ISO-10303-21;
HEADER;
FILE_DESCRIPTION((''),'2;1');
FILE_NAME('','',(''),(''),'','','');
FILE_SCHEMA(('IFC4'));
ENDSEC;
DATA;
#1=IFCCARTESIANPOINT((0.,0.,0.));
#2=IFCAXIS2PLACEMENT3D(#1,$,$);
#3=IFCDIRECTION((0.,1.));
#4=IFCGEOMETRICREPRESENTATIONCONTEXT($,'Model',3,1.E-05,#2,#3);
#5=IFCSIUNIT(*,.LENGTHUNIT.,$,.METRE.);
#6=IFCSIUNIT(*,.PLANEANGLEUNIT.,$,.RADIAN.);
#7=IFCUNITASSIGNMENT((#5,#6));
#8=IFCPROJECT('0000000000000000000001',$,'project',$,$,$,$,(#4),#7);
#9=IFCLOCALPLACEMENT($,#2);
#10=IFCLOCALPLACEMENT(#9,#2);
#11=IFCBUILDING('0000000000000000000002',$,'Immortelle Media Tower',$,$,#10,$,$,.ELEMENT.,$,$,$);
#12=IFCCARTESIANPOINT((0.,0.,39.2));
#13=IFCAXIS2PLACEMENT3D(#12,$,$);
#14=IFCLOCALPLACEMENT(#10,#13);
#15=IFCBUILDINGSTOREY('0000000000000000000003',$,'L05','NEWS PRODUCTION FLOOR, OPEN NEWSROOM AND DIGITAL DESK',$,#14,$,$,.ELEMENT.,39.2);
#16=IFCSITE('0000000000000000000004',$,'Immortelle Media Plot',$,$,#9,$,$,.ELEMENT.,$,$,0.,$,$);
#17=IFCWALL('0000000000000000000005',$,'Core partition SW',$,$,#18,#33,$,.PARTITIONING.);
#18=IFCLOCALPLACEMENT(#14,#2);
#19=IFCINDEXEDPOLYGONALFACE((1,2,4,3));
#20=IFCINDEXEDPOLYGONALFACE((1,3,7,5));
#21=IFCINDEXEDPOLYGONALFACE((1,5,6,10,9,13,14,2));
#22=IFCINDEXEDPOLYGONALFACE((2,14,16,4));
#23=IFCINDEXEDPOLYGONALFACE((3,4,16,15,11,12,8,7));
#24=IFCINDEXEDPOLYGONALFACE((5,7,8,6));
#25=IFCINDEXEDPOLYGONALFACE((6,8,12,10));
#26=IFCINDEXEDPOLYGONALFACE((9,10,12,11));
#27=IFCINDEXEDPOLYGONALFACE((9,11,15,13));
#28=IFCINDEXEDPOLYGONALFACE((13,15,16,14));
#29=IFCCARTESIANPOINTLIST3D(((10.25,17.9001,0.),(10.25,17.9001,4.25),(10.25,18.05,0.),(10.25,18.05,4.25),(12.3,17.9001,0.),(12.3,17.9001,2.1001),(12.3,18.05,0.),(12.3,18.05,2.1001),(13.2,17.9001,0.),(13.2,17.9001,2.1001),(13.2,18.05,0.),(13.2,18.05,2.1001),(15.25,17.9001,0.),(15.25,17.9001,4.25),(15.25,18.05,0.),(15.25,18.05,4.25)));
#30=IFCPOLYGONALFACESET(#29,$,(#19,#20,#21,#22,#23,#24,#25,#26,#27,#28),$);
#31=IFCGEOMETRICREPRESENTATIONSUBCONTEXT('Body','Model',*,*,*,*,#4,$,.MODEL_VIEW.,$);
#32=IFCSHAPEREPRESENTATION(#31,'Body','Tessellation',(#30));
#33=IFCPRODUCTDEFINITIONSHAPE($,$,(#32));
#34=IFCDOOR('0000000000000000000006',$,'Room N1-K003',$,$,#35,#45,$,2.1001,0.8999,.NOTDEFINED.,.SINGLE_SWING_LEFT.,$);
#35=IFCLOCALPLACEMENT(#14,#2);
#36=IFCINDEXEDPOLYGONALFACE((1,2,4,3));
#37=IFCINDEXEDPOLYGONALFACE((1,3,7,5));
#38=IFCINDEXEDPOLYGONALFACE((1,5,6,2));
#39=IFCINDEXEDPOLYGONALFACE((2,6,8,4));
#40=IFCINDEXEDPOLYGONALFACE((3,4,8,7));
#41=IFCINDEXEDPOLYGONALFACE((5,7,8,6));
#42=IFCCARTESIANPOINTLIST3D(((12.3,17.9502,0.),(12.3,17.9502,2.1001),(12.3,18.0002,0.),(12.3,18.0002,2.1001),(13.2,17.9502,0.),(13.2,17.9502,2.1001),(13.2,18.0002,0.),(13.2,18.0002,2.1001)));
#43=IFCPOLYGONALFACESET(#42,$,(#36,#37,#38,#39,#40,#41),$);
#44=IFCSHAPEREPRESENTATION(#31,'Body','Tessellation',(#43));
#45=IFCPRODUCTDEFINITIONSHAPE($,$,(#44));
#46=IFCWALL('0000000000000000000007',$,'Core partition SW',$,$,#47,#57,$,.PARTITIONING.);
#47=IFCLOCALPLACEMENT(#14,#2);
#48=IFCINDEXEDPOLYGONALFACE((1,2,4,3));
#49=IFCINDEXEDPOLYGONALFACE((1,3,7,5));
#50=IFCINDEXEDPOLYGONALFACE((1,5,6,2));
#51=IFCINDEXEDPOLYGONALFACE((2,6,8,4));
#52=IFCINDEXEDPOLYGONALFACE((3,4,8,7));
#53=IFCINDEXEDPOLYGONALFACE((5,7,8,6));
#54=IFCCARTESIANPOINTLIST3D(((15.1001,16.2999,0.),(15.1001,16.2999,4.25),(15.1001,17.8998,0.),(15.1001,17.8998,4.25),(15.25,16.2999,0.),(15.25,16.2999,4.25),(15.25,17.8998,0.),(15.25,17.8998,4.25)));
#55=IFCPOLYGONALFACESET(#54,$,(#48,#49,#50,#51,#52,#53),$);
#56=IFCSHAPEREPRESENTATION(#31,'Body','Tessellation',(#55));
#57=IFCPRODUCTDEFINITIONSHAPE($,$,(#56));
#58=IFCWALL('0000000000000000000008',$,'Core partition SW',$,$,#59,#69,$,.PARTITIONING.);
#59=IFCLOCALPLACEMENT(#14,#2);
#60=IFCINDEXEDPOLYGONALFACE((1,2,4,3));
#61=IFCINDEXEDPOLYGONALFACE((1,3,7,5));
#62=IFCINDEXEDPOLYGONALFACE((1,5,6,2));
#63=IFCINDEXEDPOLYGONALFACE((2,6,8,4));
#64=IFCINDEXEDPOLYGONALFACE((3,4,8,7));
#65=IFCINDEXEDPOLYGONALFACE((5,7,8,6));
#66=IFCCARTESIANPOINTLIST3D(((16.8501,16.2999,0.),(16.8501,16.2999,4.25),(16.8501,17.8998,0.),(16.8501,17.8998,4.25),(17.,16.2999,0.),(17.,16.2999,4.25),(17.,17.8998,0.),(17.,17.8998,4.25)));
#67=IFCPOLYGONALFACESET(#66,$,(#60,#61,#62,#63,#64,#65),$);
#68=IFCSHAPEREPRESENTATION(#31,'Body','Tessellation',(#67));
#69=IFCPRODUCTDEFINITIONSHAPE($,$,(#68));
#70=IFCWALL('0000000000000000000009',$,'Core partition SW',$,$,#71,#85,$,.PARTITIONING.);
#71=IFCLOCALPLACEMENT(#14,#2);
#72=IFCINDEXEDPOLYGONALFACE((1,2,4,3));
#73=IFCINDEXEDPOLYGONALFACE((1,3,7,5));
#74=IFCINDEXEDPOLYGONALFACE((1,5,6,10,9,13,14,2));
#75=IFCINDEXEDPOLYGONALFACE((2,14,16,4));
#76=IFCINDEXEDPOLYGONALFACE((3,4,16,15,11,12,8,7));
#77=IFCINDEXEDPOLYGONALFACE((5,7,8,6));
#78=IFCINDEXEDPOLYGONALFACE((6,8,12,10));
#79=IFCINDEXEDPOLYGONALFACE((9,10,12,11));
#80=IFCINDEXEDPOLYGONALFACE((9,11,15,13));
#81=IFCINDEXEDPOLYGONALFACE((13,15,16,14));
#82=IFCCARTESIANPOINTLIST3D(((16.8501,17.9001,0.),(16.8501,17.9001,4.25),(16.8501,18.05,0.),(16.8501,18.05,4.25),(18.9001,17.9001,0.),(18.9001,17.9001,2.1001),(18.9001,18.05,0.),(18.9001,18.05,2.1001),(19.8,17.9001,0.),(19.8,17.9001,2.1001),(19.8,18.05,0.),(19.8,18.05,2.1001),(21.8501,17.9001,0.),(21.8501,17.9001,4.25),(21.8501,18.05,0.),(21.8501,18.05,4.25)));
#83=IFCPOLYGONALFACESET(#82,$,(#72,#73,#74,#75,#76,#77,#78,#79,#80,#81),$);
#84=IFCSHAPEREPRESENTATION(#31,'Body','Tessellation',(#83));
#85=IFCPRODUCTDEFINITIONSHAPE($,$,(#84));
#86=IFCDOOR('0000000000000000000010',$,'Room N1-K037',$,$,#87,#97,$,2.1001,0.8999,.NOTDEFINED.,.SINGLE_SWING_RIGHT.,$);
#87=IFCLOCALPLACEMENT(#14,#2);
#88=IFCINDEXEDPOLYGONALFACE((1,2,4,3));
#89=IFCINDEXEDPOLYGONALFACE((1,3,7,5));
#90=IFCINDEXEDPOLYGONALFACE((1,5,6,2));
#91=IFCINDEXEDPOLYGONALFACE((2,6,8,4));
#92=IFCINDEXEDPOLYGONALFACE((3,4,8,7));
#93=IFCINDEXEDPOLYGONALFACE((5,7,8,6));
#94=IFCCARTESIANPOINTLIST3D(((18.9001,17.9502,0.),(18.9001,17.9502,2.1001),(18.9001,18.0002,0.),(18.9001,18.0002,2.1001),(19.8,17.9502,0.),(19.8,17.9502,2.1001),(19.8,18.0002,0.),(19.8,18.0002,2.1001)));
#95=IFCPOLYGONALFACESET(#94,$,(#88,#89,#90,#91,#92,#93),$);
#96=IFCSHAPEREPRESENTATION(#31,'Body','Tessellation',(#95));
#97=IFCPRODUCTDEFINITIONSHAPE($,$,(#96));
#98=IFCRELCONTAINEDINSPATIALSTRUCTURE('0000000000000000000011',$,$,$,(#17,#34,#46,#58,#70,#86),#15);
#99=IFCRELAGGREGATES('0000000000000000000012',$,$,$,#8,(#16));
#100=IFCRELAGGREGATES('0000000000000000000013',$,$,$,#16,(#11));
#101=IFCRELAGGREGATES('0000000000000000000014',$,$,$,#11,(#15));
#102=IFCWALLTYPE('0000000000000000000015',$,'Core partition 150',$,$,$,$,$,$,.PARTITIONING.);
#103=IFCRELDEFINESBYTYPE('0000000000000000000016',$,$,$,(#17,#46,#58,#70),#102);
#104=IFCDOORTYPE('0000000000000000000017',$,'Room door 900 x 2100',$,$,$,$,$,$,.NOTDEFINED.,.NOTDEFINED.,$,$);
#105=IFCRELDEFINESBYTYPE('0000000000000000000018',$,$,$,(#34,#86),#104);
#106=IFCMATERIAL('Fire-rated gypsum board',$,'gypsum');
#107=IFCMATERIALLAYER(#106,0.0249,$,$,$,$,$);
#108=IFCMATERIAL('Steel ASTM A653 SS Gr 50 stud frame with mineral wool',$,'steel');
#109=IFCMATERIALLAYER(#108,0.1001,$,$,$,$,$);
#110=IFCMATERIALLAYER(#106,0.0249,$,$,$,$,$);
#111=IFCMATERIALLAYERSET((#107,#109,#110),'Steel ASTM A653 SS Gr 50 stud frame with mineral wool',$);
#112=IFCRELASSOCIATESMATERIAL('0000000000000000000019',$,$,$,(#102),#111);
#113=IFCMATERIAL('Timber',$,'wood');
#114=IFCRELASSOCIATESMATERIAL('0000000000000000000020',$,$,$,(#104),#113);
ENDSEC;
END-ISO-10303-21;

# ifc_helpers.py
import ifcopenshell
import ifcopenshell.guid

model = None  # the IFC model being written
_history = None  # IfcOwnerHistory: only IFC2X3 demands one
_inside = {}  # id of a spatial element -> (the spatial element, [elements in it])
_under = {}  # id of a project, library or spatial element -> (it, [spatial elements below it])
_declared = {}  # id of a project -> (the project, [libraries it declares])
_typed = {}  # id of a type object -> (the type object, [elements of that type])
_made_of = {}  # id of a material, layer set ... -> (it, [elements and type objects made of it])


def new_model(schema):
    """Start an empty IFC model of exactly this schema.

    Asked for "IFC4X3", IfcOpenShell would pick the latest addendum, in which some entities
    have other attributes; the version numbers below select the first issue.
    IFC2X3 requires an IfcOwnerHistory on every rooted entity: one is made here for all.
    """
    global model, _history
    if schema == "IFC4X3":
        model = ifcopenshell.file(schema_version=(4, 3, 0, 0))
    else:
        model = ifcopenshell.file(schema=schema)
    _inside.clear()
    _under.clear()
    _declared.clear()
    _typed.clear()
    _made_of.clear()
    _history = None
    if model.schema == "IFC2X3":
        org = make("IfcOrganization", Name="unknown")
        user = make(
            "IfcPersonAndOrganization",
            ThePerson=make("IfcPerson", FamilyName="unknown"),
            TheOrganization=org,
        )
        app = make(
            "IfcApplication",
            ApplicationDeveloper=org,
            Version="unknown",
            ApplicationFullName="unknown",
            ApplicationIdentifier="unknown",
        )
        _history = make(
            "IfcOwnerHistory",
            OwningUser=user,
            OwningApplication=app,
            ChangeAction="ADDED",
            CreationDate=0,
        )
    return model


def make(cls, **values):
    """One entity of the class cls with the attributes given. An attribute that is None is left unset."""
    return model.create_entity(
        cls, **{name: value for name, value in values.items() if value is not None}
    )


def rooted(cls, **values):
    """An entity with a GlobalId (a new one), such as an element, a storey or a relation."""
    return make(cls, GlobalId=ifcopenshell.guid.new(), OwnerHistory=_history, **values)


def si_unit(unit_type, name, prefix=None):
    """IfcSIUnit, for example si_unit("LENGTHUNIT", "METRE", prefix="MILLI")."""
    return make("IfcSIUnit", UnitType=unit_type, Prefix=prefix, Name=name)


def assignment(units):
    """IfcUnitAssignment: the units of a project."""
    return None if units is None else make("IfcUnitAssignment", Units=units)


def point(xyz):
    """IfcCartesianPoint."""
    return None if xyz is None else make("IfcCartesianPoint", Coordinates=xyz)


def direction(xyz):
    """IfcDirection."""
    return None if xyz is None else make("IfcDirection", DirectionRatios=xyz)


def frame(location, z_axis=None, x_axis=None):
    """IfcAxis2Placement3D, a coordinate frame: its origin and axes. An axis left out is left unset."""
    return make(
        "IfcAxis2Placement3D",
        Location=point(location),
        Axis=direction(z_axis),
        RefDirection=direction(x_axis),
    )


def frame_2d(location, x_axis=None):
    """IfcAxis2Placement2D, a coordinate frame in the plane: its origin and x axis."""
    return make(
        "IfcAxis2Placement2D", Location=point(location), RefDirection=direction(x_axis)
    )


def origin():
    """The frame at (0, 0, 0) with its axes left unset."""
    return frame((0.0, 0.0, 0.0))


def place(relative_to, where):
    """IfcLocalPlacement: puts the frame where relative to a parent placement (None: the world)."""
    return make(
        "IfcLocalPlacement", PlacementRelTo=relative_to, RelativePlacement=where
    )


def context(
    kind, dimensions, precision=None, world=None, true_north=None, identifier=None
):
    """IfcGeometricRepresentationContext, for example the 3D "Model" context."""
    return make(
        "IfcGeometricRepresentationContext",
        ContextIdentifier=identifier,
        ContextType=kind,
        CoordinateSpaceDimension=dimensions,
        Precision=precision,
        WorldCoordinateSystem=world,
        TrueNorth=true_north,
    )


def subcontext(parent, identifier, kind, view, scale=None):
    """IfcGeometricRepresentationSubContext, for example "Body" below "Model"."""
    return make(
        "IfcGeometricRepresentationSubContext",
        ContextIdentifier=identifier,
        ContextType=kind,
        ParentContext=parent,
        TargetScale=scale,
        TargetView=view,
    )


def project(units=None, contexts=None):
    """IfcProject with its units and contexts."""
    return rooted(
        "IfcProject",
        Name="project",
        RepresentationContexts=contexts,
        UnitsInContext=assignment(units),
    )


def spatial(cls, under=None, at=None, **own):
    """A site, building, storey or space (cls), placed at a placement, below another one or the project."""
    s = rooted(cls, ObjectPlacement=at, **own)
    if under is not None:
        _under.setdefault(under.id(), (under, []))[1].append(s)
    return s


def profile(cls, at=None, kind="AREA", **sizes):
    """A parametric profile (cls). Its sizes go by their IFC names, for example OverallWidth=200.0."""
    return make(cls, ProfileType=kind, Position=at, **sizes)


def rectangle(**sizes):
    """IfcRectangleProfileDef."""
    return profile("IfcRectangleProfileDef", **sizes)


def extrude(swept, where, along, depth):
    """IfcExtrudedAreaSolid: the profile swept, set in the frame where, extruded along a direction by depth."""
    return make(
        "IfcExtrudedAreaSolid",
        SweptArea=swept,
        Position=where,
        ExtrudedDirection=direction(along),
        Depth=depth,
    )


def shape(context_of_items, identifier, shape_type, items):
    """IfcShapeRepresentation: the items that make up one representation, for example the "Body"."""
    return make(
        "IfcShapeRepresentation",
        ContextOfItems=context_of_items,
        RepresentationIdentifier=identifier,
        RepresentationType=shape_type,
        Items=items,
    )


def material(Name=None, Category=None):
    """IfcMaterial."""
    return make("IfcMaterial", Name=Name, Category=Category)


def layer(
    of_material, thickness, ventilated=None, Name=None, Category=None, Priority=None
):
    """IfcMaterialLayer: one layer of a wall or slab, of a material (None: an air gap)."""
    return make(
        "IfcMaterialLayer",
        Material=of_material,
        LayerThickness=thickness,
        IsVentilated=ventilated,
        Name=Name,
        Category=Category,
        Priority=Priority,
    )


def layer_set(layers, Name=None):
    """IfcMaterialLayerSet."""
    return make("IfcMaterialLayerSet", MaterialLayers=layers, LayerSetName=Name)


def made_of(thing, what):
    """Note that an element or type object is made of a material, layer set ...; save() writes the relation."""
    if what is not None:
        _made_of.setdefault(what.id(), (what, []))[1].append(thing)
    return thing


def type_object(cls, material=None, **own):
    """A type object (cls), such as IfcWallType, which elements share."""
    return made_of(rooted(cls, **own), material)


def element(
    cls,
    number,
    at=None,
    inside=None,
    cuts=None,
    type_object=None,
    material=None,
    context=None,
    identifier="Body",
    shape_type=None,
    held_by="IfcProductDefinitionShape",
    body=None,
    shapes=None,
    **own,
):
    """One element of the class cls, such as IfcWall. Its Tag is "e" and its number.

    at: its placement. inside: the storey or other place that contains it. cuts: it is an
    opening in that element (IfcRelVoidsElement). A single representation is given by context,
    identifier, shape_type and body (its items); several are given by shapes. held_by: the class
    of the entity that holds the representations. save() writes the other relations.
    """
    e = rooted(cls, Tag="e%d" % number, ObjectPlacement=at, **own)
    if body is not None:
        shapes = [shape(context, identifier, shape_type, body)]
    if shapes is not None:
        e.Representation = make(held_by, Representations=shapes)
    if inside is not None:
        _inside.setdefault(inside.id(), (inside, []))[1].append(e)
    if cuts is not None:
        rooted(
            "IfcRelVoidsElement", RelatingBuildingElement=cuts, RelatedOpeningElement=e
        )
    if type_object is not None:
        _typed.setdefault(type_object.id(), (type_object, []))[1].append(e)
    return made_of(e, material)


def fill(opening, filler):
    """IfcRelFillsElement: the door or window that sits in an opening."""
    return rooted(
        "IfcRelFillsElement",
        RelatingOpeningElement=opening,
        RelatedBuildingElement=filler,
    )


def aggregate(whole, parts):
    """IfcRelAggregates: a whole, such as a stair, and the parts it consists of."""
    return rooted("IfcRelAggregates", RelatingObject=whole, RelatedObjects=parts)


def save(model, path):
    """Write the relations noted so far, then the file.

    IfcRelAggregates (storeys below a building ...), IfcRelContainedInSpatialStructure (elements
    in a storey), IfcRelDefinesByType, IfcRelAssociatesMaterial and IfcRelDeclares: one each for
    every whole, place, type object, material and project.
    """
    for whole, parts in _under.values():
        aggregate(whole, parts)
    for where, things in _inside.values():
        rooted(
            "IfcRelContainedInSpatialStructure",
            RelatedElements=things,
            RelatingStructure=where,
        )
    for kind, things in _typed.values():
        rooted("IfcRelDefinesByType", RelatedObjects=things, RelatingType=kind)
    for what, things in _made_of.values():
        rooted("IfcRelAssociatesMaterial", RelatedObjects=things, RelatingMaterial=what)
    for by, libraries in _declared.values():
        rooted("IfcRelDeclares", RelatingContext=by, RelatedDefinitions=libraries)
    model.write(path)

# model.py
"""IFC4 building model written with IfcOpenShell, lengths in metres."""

from ifc_helpers import new_model, si_unit, direction, frame, frame_2d, origin, place, context, subcontext, project, spatial, rectangle, extrude, material, layer, layer_set, type_object, element, fill, save


model = new_model("IFC4")

# Units and contexts
model_context = context("Model", 3, precision=1e-05, world=origin(), true_north=direction((0.0, 1.0)))
body_context = subcontext(model_context, "Body", "Model", "MODEL_VIEW")
ifc_project = project(units=[si_unit("LENGTHUNIT", "METRE"), si_unit("PLANEANGLEUNIT", "RADIAN")], contexts=[model_context])

# Site, building, storey
site_placement = place(None, origin())
site = spatial("IfcSite", under=ifc_project, at=site_placement, Name="Immortelle Media Plot", CompositionType="ELEMENT", RefElevation=0.0)
building_placement = place(site_placement, origin())
building = spatial("IfcBuilding", under=site, at=building_placement, Name="Immortelle Media Tower", CompositionType="ELEMENT")
storey_placement = place(building_placement, frame((0.0, 0.0, 39.2)))
storey = spatial("IfcBuildingStorey", under=building, at=storey_placement, Name="L05", Description="NEWS PRODUCTION FLOOR, OPEN NEWSROOM AND DIGITAL DESK", CompositionType="ELEMENT", Elevation=39.2)

# Shared definitions
ifc_material_1 = material(Name="Fire-rated gypsum board", Category="gypsum")
ifc_layer_1 = layer(ifc_material_1, 0.0249)
ifc_material_2 = material(Name="Steel ASTM A653 SS Gr 50 stud frame with mineral wool", Category="steel")
ifc_layer_2 = layer(ifc_material_2, 0.1001)
ifc_layer_3 = layer(ifc_material_1, 0.0249)
ifc_layer_set_1 = layer_set([ifc_layer_1, ifc_layer_2, ifc_layer_3], Name="Steel ASTM A653 SS Gr 50 stud frame with mineral wool")
wall_type_1 = type_object("IfcWallType", Name="Core partition 150", PredefinedType="PARTITIONING", material=ifc_layer_set_1)

# Wall, opening, door
wall_1_placement = place(storey_placement, frame((10.25, 17.9751, 0.0), z_axis=(0.0, 0.0, 1.0), x_axis=(1.0, 0.0, 0.0)))
wall_1 = element("IfcWall", 1, at=wall_1_placement, inside=storey, type_object=wall_type_1, Name="Core partition SW", PredefinedType="PARTITIONING", context=body_context, shape_type="SweptSolid", body=[
    extrude(rectangle(XDim=5.0, YDim=0.1499, at=frame_2d((2.5, 0.0))), origin(), (0.0, 0.0, 1.0), 4.25),
])
opening_1_placement = place(wall_1_placement, frame((2.95, 0.0, 0.0), z_axis=(0.0, 0.0, 1.0), x_axis=(-1.0, 0.0, 0.0)))
opening_1 = element("IfcOpeningElement", 2, at=opening_1_placement, cuts=wall_1, PredefinedType="OPENING", context=body_context, shape_type="SweptSolid", body=[
    extrude(rectangle(XDim=0.8999, YDim=2.1001, at=frame_2d((0.45, 1.05))), frame((0.0, 0.085, 0.0), z_axis=(0.0, -1.0, 0.0), x_axis=(1.0, 0.0, 0.0)), (0.0, 0.0, 1.0), 0.1699),
])
ifc_material_3 = material(Name="Timber", Category="wood")
door_type_1 = type_object("IfcDoorType", Name="Room door 900 x 2100", OperationType="NOTDEFINED", PredefinedType="NOTDEFINED", material=ifc_material_3)
door_1_placement = place(opening_1_placement, origin())
door_1 = element("IfcDoor", 3, at=door_1_placement, inside=storey, type_object=door_type_1, Name="Room N1-K003", OperationType="SINGLE_SWING_LEFT", OverallHeight=2.1001, OverallWidth=0.8999, PredefinedType="NOTDEFINED", context=body_context, shape_type="SweptSolid", body=[
    extrude(rectangle(XDim=0.8999, YDim=2.1001, at=frame_2d((0.45, 1.05))), frame((0.0, 0.0249, 0.0), z_axis=(0.0, -1.0, 0.0), x_axis=(1.0, 0.0, 0.0)), (0.0, 0.0, 1.0), 0.05),
])
fill(opening_1, door_1)

# Walls
for number, where, z_axis, x_axis, name in (
    (4, (15.175, 16.3, 0.0), (0.0, 0.0, 1.0), (0.0, 1.0, 0.0), "Core partition SW"),
    (5, (16.925, 16.3, 0.0), (0.0, 0.0, 1.0), (0.0, 1.0, 0.0), "Core partition SW"),
):
    element("IfcWall", number, at=place(storey_placement, frame(where, z_axis=z_axis, x_axis=x_axis)), inside=storey, type_object=wall_type_1, Name=name, PredefinedType="PARTITIONING", context=body_context, shape_type="SweptSolid", body=[
        extrude(rectangle(XDim=1.5999, YDim=0.1499, at=frame_2d((0.7998, 0.0))), origin(), (0.0, 0.0, 1.0), 4.25),
    ])

# Wall, opening, door
wall_2_placement = place(storey_placement, frame((16.8501, 17.9751, 0.0), z_axis=(0.0, 0.0, 1.0), x_axis=(1.0, 0.0, 0.0)))
wall_2 = element("IfcWall", 6, at=wall_2_placement, inside=storey, type_object=wall_type_1, Name="Core partition SW", PredefinedType="PARTITIONING", context=body_context, shape_type="SweptSolid", body=[
    extrude(rectangle(XDim=5.0, YDim=0.1499, at=frame_2d((2.5, 0.0))), origin(), (0.0, 0.0, 1.0), 4.25),
])
opening_2_placement = place(wall_2_placement, frame((2.95, 0.0, 0.0), z_axis=(0.0, 0.0, 1.0), x_axis=(-1.0, 0.0, 0.0)))
opening_2 = element("IfcOpeningElement", 7, at=opening_2_placement, cuts=wall_2, PredefinedType="OPENING", context=body_context, shape_type="SweptSolid", body=[
    extrude(rectangle(XDim=0.8999, YDim=2.1001, at=frame_2d((0.45, 1.05))), frame((0.0, 0.085, 0.0), z_axis=(0.0, -1.0, 0.0), x_axis=(1.0, 0.0, 0.0)), (0.0, 0.0, 1.0), 0.1699),
])
door_2_placement = place(opening_2_placement, origin())
door_2 = element("IfcDoor", 8, at=door_2_placement, inside=storey, type_object=door_type_1, Name="Room N1-K037", OperationType="SINGLE_SWING_RIGHT", OverallHeight=2.1001, OverallWidth=0.8999, PredefinedType="NOTDEFINED", context=body_context, shape_type="SweptSolid", body=[
    extrude(rectangle(XDim=0.8999, YDim=2.1001, at=frame_2d((0.45, 1.05))), frame((0.0, 0.0249, 0.0), z_axis=(0.0, -1.0, 0.0), x_axis=(1.0, 0.0, 0.0)), (0.0, 0.0, 1.0), 0.05),
])
fill(opening_2, door_2)

save(model, "model.ifc")
